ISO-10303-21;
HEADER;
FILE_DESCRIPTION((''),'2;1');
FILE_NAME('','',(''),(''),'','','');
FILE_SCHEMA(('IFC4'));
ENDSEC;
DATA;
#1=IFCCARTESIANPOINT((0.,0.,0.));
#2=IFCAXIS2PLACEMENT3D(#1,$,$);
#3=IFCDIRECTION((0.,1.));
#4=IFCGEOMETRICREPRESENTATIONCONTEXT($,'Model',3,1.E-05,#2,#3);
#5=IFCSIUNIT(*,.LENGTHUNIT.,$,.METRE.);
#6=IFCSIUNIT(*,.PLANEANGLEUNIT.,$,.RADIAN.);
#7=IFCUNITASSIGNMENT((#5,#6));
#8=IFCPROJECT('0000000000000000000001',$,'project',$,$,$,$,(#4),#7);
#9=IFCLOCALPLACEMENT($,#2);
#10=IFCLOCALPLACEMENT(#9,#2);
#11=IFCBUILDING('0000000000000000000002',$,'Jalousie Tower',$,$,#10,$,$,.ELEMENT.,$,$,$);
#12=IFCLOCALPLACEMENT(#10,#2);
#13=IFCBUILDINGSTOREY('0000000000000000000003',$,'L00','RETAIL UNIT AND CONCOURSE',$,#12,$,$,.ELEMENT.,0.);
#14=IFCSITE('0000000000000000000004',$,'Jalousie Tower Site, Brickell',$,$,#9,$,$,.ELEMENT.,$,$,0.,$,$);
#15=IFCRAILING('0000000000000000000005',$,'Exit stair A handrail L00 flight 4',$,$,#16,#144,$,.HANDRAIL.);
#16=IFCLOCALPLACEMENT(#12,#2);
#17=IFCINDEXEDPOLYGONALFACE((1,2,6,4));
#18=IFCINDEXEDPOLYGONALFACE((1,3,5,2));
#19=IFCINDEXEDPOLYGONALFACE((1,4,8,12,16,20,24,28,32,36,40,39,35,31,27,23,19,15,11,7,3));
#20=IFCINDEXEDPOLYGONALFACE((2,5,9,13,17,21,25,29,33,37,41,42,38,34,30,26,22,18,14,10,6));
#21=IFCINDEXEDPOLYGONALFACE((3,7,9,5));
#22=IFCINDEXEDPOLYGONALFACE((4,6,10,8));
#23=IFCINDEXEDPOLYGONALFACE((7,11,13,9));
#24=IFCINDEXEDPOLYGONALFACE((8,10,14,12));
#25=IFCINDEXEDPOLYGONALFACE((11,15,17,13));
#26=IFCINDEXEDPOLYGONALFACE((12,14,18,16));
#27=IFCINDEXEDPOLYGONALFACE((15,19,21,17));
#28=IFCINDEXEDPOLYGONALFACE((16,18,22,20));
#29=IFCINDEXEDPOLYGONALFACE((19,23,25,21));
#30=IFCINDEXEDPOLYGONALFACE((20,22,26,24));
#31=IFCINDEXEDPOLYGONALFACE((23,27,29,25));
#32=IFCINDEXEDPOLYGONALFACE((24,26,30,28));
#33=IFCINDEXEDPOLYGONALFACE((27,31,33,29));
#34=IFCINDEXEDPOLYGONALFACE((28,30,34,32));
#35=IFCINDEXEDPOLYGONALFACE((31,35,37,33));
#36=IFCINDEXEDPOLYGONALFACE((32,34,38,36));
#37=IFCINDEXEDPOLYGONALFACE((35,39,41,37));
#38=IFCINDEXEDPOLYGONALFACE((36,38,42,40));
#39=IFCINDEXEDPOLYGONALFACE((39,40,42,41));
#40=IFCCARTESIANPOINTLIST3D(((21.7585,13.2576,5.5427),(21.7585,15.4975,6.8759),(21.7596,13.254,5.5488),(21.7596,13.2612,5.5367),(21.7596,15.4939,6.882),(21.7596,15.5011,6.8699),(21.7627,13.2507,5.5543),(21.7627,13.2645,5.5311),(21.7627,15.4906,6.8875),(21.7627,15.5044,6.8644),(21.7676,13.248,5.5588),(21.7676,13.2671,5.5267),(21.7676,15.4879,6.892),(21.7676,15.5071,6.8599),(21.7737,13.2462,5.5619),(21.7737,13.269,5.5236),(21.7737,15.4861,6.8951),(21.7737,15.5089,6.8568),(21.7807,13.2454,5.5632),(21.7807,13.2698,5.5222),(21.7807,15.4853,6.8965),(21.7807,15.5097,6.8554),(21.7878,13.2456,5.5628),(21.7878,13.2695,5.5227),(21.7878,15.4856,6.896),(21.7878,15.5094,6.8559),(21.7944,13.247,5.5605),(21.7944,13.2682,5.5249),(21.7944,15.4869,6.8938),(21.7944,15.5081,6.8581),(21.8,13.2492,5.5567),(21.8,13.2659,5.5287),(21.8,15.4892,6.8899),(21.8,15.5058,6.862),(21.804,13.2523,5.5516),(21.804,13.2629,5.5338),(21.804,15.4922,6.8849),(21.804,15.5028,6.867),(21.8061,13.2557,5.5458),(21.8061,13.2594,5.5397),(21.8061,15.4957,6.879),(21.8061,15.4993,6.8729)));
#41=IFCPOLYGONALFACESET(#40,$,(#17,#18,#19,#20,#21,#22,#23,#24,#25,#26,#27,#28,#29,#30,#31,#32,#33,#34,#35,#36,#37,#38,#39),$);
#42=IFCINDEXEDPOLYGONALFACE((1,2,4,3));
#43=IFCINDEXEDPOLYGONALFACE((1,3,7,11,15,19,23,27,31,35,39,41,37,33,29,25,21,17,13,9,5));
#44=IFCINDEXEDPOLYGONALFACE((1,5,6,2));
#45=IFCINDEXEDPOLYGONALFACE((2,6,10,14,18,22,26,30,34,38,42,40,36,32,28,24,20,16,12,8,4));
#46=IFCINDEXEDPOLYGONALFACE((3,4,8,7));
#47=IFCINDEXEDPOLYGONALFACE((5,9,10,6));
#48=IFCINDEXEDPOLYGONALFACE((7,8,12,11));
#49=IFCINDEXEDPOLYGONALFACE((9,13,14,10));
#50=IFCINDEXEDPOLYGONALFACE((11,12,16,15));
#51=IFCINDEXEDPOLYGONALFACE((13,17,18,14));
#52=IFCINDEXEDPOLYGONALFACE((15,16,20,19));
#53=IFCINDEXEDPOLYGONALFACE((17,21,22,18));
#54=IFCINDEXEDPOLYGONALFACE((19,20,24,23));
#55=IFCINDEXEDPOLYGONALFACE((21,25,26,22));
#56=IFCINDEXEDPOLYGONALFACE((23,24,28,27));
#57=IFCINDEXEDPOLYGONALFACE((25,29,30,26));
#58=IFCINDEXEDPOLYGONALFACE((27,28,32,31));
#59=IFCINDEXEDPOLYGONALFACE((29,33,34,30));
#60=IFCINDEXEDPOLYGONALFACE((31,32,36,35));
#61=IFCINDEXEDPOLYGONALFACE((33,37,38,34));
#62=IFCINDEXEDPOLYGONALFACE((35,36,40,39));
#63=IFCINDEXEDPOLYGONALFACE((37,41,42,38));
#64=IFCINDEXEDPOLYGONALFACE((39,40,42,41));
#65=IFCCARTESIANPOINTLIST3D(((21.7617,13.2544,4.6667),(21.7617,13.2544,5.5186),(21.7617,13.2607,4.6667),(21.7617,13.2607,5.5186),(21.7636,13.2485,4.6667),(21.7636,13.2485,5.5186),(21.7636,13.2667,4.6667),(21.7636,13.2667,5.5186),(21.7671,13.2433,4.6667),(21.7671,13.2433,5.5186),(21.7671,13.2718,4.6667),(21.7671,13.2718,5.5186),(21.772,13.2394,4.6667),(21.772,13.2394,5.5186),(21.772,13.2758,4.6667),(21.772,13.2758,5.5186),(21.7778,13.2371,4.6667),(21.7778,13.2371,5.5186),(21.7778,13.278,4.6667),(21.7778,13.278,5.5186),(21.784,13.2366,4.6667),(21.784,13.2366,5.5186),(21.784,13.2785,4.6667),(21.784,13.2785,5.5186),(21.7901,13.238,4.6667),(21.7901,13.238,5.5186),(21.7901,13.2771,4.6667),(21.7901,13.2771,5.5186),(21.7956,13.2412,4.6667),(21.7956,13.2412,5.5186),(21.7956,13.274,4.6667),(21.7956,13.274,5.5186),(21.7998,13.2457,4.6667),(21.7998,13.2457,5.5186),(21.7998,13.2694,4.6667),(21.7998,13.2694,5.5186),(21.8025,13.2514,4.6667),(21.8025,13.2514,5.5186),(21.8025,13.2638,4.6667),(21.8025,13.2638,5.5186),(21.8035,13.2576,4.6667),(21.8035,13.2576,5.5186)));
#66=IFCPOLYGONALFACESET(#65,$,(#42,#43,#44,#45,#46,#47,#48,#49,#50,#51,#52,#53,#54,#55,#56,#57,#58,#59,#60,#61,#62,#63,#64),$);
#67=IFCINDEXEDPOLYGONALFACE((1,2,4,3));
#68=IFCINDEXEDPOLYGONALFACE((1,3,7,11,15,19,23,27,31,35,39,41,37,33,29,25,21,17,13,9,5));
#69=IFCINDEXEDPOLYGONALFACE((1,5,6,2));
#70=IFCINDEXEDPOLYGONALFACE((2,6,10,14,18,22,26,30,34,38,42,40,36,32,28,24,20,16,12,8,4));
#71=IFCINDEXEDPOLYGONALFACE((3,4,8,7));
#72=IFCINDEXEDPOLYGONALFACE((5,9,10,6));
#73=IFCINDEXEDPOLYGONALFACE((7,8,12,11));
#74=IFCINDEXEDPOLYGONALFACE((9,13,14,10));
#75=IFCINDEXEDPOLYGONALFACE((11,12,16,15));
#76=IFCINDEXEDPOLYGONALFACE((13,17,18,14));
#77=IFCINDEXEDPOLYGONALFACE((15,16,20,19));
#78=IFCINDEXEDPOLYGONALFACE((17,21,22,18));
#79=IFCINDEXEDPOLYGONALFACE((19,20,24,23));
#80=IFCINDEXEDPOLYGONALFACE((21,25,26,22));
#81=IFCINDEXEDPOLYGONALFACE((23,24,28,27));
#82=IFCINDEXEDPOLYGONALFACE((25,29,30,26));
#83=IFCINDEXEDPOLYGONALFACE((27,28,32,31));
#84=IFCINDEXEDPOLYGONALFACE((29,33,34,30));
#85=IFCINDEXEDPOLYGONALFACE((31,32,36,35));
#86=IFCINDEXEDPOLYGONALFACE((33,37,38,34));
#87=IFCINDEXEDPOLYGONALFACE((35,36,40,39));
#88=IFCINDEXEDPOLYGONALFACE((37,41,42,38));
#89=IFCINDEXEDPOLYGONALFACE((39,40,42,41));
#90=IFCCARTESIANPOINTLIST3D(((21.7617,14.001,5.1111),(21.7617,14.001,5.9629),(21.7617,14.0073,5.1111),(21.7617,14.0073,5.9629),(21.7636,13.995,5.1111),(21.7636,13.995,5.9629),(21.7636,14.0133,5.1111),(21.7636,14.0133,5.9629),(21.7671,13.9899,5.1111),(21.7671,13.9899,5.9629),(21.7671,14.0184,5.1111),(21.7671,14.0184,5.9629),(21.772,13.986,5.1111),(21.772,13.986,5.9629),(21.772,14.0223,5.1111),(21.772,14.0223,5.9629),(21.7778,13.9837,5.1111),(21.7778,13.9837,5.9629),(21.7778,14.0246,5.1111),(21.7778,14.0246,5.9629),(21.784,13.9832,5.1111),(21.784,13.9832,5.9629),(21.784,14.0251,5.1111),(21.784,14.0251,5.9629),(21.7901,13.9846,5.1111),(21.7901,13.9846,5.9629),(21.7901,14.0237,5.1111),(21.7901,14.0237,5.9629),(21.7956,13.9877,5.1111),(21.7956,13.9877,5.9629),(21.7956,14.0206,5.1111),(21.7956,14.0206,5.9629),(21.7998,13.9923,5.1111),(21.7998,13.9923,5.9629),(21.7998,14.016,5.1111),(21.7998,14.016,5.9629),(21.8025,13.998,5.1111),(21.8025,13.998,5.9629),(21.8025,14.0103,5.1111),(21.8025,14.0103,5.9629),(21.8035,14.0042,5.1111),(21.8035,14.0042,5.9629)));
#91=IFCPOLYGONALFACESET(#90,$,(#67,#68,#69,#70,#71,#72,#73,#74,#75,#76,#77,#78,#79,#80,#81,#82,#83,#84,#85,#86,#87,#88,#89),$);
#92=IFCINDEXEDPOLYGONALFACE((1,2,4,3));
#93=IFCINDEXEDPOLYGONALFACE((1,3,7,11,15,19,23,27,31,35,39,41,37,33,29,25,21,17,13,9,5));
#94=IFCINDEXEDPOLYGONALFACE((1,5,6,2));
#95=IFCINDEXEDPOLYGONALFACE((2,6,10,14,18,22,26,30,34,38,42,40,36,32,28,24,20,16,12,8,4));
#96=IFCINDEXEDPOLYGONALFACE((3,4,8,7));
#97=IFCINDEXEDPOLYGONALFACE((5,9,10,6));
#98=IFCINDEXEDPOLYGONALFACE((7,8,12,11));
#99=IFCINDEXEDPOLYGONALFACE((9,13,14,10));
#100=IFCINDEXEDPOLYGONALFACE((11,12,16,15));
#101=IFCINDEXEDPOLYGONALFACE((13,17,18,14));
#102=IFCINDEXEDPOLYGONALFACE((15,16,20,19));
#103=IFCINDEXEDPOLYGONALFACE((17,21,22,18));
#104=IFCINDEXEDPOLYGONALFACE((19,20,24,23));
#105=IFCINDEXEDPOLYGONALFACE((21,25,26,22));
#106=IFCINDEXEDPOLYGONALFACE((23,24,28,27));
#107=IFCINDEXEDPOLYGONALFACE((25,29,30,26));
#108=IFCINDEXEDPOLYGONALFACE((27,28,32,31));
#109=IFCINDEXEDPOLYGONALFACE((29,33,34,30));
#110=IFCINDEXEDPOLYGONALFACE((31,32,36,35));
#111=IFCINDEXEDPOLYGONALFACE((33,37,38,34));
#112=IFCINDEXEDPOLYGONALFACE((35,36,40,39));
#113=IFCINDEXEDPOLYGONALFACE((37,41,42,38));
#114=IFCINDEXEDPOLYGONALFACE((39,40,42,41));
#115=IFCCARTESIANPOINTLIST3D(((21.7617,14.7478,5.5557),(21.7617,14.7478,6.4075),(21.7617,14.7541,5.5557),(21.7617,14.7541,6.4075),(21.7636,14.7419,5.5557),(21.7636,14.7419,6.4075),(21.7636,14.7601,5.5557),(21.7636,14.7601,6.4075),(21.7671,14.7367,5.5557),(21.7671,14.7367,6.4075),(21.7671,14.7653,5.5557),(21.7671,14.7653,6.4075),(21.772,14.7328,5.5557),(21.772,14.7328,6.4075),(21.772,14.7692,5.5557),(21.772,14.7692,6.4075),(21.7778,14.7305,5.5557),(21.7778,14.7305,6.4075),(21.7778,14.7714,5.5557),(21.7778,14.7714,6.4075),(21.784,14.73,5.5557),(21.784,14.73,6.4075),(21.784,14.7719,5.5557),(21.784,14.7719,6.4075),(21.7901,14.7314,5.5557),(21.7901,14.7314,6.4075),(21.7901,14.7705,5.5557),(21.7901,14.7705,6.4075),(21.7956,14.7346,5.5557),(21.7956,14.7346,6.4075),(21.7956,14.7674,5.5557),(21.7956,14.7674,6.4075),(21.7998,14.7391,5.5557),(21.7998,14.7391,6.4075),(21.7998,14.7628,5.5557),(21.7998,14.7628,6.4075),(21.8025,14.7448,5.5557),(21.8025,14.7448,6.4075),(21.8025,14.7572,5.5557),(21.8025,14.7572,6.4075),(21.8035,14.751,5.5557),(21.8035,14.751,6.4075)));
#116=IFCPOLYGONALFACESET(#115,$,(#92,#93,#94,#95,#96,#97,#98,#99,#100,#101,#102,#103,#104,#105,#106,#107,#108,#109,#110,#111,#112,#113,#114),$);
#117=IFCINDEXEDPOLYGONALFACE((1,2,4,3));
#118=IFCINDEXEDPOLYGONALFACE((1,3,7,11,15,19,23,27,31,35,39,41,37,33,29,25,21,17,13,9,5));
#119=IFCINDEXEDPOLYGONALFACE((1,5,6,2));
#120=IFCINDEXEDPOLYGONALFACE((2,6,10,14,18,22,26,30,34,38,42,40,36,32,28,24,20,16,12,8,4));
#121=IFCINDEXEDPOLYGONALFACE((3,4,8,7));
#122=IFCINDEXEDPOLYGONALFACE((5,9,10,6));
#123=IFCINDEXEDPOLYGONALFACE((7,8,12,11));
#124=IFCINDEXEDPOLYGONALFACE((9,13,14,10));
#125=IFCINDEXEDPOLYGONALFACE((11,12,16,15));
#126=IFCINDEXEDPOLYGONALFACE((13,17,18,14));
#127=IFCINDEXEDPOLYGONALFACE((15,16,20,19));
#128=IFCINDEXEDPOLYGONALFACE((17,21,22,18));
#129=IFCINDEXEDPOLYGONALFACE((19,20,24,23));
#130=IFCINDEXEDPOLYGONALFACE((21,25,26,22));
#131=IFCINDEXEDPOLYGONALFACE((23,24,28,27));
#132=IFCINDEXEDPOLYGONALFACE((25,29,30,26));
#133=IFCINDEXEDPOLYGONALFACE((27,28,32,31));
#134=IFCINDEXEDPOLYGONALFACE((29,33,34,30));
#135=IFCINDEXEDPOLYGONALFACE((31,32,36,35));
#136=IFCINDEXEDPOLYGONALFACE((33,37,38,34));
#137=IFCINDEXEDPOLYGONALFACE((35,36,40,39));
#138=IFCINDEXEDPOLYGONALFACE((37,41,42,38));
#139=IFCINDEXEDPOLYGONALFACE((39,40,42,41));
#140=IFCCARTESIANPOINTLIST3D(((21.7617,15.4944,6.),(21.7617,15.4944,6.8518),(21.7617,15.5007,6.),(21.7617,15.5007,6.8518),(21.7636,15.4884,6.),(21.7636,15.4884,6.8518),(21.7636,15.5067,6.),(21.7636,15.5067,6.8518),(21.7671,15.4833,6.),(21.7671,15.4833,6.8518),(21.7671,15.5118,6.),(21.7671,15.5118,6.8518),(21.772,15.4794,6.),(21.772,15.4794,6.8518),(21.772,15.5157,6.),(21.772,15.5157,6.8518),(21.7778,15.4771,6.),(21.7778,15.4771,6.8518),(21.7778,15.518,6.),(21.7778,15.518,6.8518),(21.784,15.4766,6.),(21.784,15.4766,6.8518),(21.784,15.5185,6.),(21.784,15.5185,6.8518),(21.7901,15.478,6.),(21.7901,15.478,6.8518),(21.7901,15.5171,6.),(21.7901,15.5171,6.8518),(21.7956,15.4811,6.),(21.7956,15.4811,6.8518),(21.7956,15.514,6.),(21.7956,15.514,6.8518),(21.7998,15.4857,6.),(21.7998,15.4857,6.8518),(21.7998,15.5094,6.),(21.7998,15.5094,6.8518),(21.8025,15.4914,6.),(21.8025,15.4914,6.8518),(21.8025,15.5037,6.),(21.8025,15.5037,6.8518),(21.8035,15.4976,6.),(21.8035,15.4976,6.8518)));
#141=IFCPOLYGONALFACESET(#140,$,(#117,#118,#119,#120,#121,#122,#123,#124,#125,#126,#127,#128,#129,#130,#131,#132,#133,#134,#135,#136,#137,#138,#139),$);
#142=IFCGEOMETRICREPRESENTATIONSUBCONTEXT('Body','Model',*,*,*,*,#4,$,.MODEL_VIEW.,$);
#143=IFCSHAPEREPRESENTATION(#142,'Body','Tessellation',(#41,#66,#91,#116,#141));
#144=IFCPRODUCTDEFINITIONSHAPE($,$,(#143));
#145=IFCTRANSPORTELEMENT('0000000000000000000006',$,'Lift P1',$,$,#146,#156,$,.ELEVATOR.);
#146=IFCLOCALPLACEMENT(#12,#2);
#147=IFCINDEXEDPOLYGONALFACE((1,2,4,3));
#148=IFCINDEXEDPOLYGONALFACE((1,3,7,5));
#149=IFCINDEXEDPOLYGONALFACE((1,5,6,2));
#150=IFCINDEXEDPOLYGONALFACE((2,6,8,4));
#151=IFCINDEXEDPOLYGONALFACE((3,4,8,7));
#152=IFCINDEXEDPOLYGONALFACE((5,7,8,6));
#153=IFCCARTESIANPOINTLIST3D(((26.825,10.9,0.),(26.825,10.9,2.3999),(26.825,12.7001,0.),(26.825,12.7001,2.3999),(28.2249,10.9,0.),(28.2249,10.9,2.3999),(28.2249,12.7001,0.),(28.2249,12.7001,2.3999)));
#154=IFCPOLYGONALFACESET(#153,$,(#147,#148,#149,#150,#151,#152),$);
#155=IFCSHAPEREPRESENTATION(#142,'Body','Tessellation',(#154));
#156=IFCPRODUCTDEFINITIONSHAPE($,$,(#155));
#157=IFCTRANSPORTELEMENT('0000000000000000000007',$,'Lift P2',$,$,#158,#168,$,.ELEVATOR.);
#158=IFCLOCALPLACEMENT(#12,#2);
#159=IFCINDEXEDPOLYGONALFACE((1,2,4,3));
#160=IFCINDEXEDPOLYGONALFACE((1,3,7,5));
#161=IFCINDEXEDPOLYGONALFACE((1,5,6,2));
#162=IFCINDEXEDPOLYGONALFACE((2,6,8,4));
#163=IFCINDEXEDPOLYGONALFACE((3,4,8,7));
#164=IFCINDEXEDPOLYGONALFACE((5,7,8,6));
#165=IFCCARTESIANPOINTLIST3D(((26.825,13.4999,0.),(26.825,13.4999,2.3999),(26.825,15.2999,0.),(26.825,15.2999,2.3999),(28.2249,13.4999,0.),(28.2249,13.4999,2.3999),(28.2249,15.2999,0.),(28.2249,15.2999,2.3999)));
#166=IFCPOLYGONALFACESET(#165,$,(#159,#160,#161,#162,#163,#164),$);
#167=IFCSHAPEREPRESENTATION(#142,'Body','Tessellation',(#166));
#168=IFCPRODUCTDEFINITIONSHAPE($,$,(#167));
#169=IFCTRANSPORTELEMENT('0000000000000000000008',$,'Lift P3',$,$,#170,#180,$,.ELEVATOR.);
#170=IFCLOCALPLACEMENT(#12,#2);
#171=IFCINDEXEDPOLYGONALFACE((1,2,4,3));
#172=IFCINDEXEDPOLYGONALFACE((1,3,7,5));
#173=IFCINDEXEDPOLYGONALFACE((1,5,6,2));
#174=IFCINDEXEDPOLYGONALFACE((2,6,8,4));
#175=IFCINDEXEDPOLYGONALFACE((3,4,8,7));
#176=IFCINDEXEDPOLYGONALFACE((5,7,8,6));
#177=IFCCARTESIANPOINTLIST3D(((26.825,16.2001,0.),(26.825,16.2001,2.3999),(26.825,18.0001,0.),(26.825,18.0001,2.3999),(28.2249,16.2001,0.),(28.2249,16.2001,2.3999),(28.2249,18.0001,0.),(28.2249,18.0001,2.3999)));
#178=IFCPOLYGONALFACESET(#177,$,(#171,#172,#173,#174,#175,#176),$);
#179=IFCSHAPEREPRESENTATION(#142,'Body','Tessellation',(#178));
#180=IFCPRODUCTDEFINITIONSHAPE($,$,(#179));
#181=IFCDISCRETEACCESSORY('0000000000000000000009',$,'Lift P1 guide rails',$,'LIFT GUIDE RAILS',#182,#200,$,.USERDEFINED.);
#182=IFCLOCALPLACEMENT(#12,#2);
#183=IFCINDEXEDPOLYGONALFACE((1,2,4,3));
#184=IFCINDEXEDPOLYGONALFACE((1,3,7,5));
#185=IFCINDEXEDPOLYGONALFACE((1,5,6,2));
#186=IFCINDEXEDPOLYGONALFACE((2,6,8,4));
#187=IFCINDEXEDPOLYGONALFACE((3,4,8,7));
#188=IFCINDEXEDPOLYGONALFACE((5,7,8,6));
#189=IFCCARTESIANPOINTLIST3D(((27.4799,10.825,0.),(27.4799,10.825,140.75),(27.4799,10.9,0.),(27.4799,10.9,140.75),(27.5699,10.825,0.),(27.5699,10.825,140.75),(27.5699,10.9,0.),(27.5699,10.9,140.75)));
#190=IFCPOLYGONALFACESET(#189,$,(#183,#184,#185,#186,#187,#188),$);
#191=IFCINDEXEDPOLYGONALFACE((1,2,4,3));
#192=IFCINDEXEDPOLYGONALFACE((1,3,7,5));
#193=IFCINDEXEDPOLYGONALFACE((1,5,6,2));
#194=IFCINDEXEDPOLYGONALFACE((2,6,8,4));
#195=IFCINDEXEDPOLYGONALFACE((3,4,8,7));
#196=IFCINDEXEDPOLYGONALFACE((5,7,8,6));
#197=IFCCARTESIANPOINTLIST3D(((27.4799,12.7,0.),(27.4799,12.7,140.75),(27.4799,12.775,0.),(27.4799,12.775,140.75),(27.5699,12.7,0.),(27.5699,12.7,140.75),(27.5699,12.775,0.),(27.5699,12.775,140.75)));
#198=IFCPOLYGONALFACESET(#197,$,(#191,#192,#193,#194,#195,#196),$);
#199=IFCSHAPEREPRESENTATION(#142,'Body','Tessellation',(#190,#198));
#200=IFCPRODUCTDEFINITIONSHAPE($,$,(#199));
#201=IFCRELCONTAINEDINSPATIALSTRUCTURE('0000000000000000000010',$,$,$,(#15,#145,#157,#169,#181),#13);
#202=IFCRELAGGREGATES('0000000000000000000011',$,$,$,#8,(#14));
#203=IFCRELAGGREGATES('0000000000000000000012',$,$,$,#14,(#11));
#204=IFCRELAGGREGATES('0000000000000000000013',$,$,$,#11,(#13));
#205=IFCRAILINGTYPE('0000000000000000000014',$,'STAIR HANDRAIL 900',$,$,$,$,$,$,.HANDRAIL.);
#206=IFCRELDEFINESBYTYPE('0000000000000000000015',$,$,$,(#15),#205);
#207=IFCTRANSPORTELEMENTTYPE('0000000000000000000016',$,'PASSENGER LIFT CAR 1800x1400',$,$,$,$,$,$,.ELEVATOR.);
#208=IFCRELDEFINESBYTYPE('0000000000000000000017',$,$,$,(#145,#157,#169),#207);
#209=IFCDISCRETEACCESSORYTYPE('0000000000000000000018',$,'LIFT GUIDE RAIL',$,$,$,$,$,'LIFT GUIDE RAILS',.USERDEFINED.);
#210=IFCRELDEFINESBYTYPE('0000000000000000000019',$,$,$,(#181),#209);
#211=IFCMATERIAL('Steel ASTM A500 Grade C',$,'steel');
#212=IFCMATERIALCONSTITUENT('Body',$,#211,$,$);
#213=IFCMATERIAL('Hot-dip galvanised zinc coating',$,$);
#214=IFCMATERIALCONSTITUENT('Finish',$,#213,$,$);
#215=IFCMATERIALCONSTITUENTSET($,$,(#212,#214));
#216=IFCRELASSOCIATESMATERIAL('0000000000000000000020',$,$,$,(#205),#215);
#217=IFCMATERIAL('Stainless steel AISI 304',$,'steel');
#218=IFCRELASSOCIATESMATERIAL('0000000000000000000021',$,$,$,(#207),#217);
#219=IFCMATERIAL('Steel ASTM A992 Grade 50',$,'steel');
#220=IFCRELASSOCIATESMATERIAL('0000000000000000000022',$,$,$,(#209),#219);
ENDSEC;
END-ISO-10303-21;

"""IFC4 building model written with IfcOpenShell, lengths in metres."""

from ifc_helpers import new_model, si_unit, direction, frame, origin, origin_2d, place, context, subcontext, project, spatial, rectangle, circle, extrude, material, constituent, constituent_set, type_object, element, save


model = new_model("IFC4")

# Units and contexts
model_context = context("Model", 3, precision=1e-05, world=origin(), true_north=direction((0.0, 1.0)))
body_context = subcontext(model_context, "Body", "Model", "MODEL_VIEW")
ifc_project = project(units=[si_unit("LENGTHUNIT", "METRE"), si_unit("PLANEANGLEUNIT", "RADIAN")], contexts=[model_context])

# Site, building, storey
site_placement = place(None, origin())
site = spatial("IfcSite", under=ifc_project, at=site_placement, Name="Jalousie Tower Site, Brickell", CompositionType="ELEMENT", RefElevation=0.0)
building_placement = place(site_placement, origin())
building = spatial("IfcBuilding", under=site, at=building_placement, Name="Jalousie Tower", CompositionType="ELEMENT")
storey_placement = place(building_placement, origin())
storey = spatial("IfcBuildingStorey", under=building, at=storey_placement, Name="L00", Description="RETAIL UNIT AND CONCOURSE", CompositionType="ELEMENT", Elevation=0.0)

# Railing
ifc_material_1 = material(Name="Steel ASTM A500 Grade C", Category="steel")
ifc_constituent_1 = constituent(ifc_material_1, Name="Body")
ifc_material_2 = material(Name="Hot-dip galvanised zinc coating")
ifc_constituent_2 = constituent(ifc_material_2, Name="Finish")
ifc_constituent_set_1 = constituent_set(constituents=[ifc_constituent_1, ifc_constituent_2])
railing_type_1 = type_object("IfcRailingType", Name="STAIR HANDRAIL 900", PredefinedType="HANDRAIL", material=ifc_constituent_set_1)
railing_1_placement = place(storey_placement, frame((21.7825, 13.2576, 4.6667)))
element("IfcRailing", 1, at=railing_1_placement, inside=storey, type_object=railing_type_1, Name="Exit stair A handrail L00 flight 4", PredefinedType="HANDRAIL", context=body_context, shape_type="SweptSolid", body=[
    extrude(circle(Radius=0.0239, at=origin_2d()), frame((0.0, 0.0, 0.876), z_axis=(0.0, 0.859306, 0.511462), x_axis=(-1.0, 0.0, 0.0)), (0.0, 0.0, 1.0), 2.6067),
    extrude(circle(Radius=0.021, at=origin_2d()), origin(), (0.0, 0.0, 1.0), 0.8518),
    extrude(circle(Radius=0.021, at=origin_2d()), frame((0.0, 0.7466, 0.4443)), (0.0, 0.0, 1.0), 0.8518),
    extrude(circle(Radius=0.021, at=origin_2d()), frame((0.0, 1.4934, 0.8889)), (0.0, 0.0, 1.0), 0.8518),
    extrude(circle(Radius=0.021, at=origin_2d()), frame((0.0, 2.24, 1.3333)), (0.0, 0.0, 1.0), 0.8518),
])

# Transport elements
ifc_material_3 = material(Name="Stainless steel AISI 304", Category="steel")
transport_element_type = type_object("IfcTransportElementType", Name="PASSENGER LIFT CAR 1800x1400", PredefinedType="ELEVATOR", material=ifc_material_3)
for number, where, z_axis, x_axis, name in (
    (2, (27.5249, 11.8, 0.0), (0.0, 0.0, 1.0), (1.0, 0.0, 0.0), "Lift P1"),
    (3, (27.5249, 14.3999, 0.0), (0.0, 0.0, 1.0), (1.0, 0.0, 0.0), "Lift P2"),
    (4, (27.5249, 17.1001, 0.0), (0.0, 0.0, 1.0), (1.0, 0.0, 0.0), "Lift P3"),
):
    element("IfcTransportElement", number, at=place(storey_placement, frame(where, z_axis=z_axis, x_axis=x_axis)), inside=storey, type_object=transport_element_type, Name=name, PredefinedType="ELEVATOR", context=body_context, shape_type="SweptSolid", body=[
        extrude(rectangle(XDim=1.3999, YDim=1.8, at=origin_2d()), origin(), (0.0, 0.0, 1.0), 2.3999),
    ])

# Discrete accessory
ifc_material_4 = material(Name="Steel ASTM A992 Grade 50", Category="steel")
discrete_accessory_type = type_object("IfcDiscreteAccessoryType", Name="LIFT GUIDE RAIL", ElementType="LIFT GUIDE RAILS", PredefinedType="USERDEFINED", material=ifc_material_4)
for number, where, z_axis, x_axis, name in (
    (5, (27.5249, 11.8, 0.0), (0.0, 0.0, 1.0), (1.0, 0.0, 0.0), "Lift P1 guide rails"),
):
    element("IfcDiscreteAccessory", number, at=place(storey_placement, frame(where, z_axis=z_axis, x_axis=x_axis)), inside=storey, type_object=discrete_accessory_type, Name=name, ObjectType="LIFT GUIDE RAILS", PredefinedType="USERDEFINED", context=body_context, shape_type="SweptSolid", body=[
        extrude(rectangle(XDim=0.09, YDim=0.075, at=origin_2d()), frame((0.0, -0.9375, 0.0)), (0.0, 0.0, 1.0), 140.75),
        extrude(rectangle(XDim=0.09, YDim=0.075, at=origin_2d()), frame((0.0, 0.9375, 0.0)), (0.0, 0.0, 1.0), 140.75),
    ])

save(model, "model.ifc")
